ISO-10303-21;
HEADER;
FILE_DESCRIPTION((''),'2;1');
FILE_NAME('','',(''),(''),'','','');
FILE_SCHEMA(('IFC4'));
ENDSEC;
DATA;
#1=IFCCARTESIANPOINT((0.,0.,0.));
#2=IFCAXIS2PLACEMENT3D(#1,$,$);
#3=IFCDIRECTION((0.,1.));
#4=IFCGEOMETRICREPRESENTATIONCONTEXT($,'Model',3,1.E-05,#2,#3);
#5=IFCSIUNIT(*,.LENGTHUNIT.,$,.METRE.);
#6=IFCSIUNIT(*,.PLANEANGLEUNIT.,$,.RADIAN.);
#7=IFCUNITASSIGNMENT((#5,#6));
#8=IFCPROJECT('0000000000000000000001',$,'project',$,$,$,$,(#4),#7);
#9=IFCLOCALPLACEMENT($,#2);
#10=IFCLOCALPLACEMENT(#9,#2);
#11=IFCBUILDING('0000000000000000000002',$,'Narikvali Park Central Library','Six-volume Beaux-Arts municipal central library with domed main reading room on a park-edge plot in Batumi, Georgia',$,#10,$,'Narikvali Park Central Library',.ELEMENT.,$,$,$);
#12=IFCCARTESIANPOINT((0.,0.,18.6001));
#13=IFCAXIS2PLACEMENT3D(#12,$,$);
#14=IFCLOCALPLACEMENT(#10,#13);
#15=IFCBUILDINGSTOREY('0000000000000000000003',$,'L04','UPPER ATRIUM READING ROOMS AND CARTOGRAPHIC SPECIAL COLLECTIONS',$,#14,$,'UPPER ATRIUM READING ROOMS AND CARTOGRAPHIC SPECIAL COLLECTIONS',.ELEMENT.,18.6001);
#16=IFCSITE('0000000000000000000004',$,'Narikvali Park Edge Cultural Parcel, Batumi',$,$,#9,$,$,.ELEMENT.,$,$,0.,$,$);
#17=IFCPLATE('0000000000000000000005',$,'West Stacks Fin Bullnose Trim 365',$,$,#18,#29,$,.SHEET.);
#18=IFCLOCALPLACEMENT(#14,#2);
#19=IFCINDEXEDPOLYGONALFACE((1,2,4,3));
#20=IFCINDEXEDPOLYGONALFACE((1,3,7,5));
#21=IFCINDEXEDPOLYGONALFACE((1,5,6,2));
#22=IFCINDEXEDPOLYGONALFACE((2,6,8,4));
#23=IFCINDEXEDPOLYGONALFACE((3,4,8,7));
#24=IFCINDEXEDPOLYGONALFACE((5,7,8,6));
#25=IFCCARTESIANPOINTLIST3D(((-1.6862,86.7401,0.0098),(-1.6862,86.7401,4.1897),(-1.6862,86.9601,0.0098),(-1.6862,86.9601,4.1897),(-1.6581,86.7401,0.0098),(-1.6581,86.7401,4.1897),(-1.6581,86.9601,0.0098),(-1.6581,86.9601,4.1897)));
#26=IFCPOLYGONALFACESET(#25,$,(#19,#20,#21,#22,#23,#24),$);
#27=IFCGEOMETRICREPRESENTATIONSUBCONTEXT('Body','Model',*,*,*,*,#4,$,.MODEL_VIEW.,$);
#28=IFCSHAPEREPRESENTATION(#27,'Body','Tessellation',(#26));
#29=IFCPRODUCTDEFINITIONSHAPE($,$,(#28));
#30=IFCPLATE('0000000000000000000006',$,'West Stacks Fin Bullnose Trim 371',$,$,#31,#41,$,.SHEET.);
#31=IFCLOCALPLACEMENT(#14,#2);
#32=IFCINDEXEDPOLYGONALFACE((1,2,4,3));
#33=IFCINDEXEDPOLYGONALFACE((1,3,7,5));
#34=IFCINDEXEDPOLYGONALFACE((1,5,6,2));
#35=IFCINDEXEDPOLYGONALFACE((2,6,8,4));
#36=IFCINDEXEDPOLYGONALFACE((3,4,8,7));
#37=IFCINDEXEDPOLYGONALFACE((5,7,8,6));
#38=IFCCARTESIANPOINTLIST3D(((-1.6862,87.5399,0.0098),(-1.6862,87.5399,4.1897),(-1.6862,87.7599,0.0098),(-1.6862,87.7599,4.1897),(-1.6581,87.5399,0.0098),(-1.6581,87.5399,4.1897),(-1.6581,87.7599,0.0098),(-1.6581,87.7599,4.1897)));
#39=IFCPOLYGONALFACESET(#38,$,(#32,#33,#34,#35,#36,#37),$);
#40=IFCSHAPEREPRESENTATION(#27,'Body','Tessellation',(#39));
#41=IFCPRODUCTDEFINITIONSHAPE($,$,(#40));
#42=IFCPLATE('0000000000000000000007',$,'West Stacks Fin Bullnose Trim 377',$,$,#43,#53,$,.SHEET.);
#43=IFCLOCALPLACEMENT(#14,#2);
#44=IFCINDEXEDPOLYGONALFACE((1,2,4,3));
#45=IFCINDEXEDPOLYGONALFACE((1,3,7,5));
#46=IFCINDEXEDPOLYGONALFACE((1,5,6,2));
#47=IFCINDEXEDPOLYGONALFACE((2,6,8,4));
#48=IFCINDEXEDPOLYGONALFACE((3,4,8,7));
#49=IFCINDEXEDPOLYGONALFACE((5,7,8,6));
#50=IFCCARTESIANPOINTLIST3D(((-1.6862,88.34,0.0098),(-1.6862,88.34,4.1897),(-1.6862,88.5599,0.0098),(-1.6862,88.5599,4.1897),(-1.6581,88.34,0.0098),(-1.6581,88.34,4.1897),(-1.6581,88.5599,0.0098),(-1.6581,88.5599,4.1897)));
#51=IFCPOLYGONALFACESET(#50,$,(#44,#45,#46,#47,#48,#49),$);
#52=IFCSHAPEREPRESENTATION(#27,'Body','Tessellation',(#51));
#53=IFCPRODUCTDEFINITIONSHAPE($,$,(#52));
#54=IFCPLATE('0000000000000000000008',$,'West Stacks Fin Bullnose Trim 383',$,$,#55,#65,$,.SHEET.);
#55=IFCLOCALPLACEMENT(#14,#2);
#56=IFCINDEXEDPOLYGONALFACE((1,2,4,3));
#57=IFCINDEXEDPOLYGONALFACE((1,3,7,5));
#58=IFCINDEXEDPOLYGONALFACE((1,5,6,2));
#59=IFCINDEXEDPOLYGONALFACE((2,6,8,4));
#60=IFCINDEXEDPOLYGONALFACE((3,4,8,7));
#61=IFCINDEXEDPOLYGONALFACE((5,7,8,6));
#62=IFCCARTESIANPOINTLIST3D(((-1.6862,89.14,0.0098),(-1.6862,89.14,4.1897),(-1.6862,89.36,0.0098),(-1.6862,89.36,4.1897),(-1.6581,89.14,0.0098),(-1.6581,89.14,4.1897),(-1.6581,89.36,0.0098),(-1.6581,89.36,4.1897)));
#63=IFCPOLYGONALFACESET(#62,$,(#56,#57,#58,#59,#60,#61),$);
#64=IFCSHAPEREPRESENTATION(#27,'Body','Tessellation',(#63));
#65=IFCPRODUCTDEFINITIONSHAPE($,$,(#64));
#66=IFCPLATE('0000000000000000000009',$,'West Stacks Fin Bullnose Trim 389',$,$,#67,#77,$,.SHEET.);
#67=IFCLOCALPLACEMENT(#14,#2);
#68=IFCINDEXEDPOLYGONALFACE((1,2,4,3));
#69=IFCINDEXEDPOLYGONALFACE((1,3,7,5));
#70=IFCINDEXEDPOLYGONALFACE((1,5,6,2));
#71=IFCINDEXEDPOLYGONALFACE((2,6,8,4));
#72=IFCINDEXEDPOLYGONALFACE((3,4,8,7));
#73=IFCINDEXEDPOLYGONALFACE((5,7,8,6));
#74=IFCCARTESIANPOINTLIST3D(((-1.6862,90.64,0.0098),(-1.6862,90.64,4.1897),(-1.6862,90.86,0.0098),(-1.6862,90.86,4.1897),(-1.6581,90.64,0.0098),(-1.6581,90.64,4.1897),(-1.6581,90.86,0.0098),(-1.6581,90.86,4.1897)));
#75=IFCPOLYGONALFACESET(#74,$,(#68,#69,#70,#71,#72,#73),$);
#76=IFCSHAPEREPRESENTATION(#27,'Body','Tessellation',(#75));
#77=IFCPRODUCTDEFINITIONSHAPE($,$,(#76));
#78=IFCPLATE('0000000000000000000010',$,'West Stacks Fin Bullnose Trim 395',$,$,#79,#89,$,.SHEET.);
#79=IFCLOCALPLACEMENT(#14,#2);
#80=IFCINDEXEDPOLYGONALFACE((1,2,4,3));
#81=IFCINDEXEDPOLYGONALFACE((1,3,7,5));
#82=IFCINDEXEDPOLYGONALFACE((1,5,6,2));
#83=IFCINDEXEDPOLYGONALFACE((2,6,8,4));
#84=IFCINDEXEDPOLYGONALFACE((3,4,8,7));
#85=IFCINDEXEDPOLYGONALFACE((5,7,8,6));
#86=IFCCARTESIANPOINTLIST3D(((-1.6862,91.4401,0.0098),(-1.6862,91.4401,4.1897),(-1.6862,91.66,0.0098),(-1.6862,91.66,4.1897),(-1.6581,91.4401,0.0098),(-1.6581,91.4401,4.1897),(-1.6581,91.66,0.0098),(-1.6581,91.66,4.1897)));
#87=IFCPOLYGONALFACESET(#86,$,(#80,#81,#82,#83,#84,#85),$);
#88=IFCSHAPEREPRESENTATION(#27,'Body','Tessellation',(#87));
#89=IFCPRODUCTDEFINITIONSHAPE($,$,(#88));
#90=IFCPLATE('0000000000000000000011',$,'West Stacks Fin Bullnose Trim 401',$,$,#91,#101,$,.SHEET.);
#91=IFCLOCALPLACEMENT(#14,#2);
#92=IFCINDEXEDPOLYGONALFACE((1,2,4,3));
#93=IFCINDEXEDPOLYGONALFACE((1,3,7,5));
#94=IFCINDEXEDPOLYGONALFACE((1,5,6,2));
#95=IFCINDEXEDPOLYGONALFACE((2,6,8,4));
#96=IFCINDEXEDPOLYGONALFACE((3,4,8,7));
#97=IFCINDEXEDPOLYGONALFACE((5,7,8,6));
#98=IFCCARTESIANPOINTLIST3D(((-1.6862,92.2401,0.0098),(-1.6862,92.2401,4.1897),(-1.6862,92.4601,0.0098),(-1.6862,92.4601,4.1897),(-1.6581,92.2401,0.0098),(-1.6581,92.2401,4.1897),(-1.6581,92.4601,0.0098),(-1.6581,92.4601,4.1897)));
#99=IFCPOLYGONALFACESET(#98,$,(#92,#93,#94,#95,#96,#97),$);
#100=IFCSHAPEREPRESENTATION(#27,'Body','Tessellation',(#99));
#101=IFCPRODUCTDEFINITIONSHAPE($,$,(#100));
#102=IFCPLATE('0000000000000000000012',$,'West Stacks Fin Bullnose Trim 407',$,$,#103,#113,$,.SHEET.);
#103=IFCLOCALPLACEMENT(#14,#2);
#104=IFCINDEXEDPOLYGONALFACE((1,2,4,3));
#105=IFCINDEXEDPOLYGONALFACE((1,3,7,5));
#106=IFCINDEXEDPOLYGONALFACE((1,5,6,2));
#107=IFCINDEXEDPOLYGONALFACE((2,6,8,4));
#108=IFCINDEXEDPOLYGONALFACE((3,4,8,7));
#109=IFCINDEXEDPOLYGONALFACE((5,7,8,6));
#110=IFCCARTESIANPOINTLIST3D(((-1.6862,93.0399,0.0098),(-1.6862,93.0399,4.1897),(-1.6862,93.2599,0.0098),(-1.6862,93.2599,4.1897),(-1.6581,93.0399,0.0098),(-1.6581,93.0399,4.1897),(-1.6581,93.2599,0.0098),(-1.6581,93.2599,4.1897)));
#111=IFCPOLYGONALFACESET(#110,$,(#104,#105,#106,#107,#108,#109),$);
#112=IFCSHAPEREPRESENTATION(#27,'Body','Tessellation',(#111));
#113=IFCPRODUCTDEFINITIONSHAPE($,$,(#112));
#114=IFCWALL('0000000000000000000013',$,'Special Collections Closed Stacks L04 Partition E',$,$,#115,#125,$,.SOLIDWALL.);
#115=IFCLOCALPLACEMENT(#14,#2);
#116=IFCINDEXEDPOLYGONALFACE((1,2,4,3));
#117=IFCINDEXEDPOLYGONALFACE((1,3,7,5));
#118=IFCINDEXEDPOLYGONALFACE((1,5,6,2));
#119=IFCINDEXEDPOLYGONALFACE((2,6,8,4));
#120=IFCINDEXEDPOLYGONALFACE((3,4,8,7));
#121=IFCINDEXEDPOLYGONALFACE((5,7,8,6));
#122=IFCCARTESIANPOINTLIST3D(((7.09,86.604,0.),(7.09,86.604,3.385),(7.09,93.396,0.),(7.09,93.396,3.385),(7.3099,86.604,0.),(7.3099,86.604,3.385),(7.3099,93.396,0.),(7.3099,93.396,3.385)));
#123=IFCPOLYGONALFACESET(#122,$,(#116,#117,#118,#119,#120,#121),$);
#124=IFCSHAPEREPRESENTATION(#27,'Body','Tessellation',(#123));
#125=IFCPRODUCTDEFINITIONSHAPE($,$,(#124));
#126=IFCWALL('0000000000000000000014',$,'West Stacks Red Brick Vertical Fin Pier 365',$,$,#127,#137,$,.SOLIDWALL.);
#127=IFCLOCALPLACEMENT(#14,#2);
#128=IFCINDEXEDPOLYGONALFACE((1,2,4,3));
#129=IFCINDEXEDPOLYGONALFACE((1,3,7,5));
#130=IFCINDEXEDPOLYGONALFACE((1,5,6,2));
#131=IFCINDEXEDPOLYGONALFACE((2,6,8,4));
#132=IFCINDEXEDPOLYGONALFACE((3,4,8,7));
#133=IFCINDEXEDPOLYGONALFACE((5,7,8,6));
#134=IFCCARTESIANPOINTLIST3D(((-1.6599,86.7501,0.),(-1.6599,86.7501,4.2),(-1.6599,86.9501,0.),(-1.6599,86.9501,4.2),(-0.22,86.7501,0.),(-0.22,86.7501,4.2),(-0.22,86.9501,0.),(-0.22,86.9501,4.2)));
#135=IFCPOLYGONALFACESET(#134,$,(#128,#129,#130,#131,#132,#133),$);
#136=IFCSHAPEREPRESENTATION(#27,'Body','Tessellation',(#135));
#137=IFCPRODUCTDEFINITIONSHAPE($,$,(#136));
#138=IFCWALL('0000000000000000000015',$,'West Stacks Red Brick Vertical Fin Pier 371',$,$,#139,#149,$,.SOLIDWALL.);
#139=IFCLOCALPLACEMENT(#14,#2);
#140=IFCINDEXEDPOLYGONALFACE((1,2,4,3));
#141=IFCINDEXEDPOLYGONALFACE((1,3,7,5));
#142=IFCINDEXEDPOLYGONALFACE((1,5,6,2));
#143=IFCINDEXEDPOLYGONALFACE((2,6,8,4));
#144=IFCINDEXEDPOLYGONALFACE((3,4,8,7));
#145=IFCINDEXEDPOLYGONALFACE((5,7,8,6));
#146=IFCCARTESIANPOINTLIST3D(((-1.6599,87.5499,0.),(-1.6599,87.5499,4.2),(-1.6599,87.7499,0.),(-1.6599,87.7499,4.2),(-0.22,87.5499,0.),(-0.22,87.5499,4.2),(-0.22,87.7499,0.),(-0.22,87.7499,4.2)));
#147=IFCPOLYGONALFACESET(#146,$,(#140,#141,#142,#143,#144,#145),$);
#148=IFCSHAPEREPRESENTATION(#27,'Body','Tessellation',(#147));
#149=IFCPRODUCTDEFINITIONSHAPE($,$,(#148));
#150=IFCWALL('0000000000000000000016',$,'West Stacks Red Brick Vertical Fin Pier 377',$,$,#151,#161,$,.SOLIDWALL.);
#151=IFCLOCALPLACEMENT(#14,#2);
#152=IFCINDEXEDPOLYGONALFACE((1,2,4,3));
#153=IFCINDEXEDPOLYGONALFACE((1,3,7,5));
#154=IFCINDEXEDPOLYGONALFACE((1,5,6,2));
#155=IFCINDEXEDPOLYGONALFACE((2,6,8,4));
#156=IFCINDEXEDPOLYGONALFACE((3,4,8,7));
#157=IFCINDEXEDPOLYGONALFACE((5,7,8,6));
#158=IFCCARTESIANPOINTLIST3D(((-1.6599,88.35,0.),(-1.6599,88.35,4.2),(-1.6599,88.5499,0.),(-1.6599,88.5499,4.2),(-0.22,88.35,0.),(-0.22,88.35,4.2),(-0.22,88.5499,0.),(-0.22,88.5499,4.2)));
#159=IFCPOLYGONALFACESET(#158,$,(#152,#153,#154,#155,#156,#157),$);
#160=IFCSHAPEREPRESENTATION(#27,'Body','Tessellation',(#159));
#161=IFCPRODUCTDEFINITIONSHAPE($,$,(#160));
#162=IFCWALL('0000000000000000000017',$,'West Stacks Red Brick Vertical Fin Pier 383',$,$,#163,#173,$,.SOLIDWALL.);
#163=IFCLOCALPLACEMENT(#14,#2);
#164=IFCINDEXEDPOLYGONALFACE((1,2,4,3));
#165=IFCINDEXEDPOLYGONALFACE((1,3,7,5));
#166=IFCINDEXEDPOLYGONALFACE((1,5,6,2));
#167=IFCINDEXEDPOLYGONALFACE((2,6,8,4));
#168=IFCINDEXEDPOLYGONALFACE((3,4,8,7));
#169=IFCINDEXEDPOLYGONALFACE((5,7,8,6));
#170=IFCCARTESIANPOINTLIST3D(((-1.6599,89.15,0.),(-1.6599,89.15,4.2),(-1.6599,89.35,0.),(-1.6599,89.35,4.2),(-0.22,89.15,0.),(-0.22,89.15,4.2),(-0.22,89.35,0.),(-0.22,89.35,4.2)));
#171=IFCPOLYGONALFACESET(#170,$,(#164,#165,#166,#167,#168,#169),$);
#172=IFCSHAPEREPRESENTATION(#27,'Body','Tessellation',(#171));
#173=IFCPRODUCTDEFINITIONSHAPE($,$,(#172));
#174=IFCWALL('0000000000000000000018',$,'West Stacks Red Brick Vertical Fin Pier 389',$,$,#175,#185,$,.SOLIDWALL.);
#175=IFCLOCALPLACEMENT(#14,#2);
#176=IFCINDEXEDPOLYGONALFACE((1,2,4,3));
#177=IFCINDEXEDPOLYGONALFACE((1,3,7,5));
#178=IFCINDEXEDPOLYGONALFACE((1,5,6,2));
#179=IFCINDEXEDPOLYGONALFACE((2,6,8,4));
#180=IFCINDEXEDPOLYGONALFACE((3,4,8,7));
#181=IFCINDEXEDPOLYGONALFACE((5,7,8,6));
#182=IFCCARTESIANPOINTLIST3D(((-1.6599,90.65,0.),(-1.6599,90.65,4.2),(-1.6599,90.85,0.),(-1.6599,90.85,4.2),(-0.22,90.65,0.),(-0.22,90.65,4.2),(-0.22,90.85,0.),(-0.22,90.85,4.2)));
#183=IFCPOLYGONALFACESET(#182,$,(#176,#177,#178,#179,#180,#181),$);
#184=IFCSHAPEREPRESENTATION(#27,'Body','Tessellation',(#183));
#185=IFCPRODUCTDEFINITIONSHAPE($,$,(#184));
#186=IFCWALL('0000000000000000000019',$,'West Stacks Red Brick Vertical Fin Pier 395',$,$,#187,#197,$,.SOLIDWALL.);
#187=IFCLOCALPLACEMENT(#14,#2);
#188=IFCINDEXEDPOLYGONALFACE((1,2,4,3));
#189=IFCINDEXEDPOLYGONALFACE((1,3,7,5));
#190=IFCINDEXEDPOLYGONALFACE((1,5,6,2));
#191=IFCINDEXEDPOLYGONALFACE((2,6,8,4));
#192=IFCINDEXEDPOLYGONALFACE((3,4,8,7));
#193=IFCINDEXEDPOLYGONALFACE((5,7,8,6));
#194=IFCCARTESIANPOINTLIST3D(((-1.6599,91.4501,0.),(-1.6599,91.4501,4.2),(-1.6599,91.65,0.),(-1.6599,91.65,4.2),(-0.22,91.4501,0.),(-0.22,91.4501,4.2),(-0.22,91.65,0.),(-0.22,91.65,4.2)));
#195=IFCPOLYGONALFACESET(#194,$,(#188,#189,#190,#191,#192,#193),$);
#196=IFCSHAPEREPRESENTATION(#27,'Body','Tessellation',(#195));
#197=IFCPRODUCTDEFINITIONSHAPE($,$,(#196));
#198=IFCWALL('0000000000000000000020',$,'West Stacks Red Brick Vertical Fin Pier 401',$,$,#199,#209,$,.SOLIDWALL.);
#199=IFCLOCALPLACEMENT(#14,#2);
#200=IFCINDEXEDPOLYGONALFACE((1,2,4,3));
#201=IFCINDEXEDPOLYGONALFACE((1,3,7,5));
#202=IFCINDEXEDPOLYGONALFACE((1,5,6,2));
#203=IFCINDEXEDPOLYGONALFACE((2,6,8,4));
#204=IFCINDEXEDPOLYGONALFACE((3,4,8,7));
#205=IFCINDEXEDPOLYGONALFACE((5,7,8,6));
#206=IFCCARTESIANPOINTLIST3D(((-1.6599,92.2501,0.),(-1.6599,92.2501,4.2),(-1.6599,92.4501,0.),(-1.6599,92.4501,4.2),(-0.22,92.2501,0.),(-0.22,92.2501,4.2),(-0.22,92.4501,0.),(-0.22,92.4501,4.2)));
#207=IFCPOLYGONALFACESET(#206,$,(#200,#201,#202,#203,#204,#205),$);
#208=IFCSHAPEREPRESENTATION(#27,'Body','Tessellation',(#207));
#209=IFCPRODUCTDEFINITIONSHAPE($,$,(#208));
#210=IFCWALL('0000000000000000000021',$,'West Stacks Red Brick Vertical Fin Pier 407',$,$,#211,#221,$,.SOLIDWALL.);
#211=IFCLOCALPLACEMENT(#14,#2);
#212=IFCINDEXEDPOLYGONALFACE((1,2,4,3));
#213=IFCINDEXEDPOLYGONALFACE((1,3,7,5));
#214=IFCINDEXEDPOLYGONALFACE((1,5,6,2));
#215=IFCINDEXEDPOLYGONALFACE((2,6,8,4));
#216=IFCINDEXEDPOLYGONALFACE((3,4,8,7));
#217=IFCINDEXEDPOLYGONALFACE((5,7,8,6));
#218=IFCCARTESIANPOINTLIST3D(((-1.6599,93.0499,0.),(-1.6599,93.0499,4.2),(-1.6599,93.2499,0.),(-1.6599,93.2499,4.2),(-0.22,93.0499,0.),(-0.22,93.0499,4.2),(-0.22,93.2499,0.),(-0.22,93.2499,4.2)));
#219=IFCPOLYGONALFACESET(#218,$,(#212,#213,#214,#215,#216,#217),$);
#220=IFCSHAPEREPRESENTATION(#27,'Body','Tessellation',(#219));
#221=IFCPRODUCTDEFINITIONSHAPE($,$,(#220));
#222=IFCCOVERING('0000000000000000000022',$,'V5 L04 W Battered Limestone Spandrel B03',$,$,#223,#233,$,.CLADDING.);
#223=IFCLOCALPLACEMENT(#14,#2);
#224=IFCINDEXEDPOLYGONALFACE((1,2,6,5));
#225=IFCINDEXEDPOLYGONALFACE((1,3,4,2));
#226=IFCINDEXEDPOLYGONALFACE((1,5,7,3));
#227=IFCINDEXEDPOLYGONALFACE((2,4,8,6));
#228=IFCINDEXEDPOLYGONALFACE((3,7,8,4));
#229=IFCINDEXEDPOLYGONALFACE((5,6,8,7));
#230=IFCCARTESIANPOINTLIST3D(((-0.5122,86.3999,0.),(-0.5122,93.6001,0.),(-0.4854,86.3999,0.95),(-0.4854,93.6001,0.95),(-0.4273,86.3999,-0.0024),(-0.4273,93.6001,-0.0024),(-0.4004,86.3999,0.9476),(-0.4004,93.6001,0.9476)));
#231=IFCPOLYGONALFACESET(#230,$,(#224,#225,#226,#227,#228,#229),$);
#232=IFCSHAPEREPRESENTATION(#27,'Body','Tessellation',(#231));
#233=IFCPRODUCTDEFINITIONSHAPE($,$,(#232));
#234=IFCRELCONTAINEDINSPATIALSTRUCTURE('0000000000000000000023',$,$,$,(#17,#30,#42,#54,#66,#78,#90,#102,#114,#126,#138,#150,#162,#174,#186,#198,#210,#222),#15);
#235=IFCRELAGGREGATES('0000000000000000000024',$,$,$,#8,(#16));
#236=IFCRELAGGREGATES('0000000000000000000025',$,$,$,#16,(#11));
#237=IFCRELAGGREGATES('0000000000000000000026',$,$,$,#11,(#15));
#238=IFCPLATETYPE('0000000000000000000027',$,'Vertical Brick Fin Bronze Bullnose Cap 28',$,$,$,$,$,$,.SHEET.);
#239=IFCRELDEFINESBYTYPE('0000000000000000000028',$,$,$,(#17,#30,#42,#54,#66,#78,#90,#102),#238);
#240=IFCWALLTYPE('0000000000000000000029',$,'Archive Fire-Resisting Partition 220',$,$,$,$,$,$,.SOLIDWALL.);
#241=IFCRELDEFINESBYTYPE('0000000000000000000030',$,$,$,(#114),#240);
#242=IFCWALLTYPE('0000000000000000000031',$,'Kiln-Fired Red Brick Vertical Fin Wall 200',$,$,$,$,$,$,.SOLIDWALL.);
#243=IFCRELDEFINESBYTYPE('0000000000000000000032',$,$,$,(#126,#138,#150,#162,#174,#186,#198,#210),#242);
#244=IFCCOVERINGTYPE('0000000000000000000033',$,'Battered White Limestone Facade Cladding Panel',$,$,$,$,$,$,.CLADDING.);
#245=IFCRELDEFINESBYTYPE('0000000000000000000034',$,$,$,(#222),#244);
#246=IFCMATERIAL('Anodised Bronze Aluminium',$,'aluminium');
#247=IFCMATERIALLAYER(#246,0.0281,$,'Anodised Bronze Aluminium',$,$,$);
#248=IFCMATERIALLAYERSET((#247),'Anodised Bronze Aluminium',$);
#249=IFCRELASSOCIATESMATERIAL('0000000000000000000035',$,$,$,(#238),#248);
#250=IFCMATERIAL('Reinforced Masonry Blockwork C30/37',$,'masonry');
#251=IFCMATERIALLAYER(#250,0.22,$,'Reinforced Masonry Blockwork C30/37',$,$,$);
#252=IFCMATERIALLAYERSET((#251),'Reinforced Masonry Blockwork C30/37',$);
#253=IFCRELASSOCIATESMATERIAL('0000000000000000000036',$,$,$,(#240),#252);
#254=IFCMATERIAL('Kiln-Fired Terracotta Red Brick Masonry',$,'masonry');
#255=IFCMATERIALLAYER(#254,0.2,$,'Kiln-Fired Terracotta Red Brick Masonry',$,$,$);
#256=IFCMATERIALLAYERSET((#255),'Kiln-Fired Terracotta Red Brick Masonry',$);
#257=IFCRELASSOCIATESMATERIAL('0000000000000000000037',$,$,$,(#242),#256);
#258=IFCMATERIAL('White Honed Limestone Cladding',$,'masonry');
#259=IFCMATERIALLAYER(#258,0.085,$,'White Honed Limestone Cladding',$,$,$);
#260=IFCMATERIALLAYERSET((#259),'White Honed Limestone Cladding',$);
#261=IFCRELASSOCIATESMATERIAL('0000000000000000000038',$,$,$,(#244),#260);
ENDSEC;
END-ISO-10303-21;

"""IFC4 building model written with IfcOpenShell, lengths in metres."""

from ifc_helpers import new_model, si_unit, direction, frame, frame_2d, origin, origin_2d, place, context, subcontext, project, spatial, polyline, rectangle, outline, extrude, material, layer, layer_set, type_object, element, save


model = new_model("IFC4")

# Units and contexts
model_context = context("Model", 3, precision=1e-05, world=origin(), true_north=direction((0.0, 1.0)))
body_context = subcontext(model_context, "Body", "Model", "MODEL_VIEW")
ifc_project = project(units=[si_unit("LENGTHUNIT", "METRE"), si_unit("PLANEANGLEUNIT", "RADIAN")], contexts=[model_context])

# Site, building, storey
site_placement = place(None, origin())
site = spatial("IfcSite", under=ifc_project, at=site_placement, Name="Narikvali Park Edge Cultural Parcel, Batumi", CompositionType="ELEMENT", RefElevation=0.0)
building_placement = place(site_placement, origin())
building = spatial("IfcBuilding", under=site, at=building_placement, Name="Narikvali Park Central Library", Description="Six-volume Beaux-Arts municipal central library with domed main reading room on a park-edge plot in Batumi, Georgia", LongName="Narikvali Park Central Library", CompositionType="ELEMENT")
storey_placement = place(building_placement, frame((0.0, 0.0, 18.6001)))
storey = spatial("IfcBuildingStorey", under=building, at=storey_placement, Name="L04", Description="UPPER ATRIUM READING ROOMS AND CARTOGRAPHIC SPECIAL COLLECTIONS", LongName="UPPER ATRIUM READING ROOMS AND CARTOGRAPHIC SPECIAL COLLECTIONS", CompositionType="ELEMENT", Elevation=18.6001)

# Plates
ifc_material_1 = material(Name="Anodised Bronze Aluminium", Category="aluminium")
ifc_layer_1 = layer(ifc_material_1, 0.0281, Name="Anodised Bronze Aluminium")
ifc_layer_set_1 = layer_set([ifc_layer_1], Name="Anodised Bronze Aluminium")
plate_type = type_object("IfcPlateType", Name="Vertical Brick Fin Bronze Bullnose Cap 28", PredefinedType="SHEET", material=ifc_layer_set_1)
for number, where, z_axis, x_axis, name in (
    (1, (-1.6721, 86.8501, 0.0098), (0.0, 0.0, 1.0), (1.0, 0.0, 0.0), "West Stacks Fin Bullnose Trim 365"),
    (2, (-1.6721, 87.6499, 0.0098), (0.0, 0.0, 1.0), (1.0, 0.0, 0.0), "West Stacks Fin Bullnose Trim 371"),
    (3, (-1.6721, 88.45, 0.0098), (0.0, 0.0, 1.0), (1.0, 0.0, 0.0), "West Stacks Fin Bullnose Trim 377"),
    (4, (-1.6721, 89.25, 0.0098), (0.0, 0.0, 1.0), (1.0, 0.0, 0.0), "West Stacks Fin Bullnose Trim 383"),
    (5, (-1.6721, 90.75, 0.0098), (0.0, 0.0, 1.0), (1.0, 0.0, 0.0), "West Stacks Fin Bullnose Trim 389"),
    (6, (-1.6721, 91.55, 0.0098), (0.0, 0.0, 1.0), (1.0, 0.0, 0.0), "West Stacks Fin Bullnose Trim 395"),
    (7, (-1.6721, 92.3501, 0.0098), (0.0, 0.0, 1.0), (1.0, 0.0, 0.0), "West Stacks Fin Bullnose Trim 401"),
    (8, (-1.6721, 93.1499, 0.0098), (0.0, 0.0, 1.0), (1.0, 0.0, 0.0), "West Stacks Fin Bullnose Trim 407"),
):
    element("IfcPlate", number, at=place(storey_placement, frame(where, z_axis=z_axis, x_axis=x_axis)), inside=storey, type_object=plate_type, Name=name, PredefinedType="SHEET", context=body_context, shape_type="SweptSolid", body=[
        extrude(rectangle(XDim=0.0281, YDim=0.22, at=origin_2d()), origin(), (0.0, 0.0, 1.0), 4.1799),
    ])

# Walls
ifc_material_2 = material(Name="Reinforced Masonry Blockwork C30/37", Category="masonry")
ifc_layer_2 = layer(ifc_material_2, 0.22, Name="Reinforced Masonry Blockwork C30/37")
ifc_layer_set_2 = layer_set([ifc_layer_2], Name="Reinforced Masonry Blockwork C30/37")
wall_type_1 = type_object("IfcWallType", Name="Archive Fire-Resisting Partition 220", PredefinedType="SOLIDWALL", material=ifc_layer_set_2)
wall_placement = place(storey_placement, frame((7.2, 86.604, 0.0), z_axis=(0.0, 0.0, 1.0), x_axis=(0.0, 1.0, 0.0)))
element("IfcWall", 9, at=wall_placement, inside=storey, type_object=wall_type_1, Name="Special Collections Closed Stacks L04 Partition E", PredefinedType="SOLIDWALL", context=body_context, shape_type="SweptSolid", body=[
    extrude(rectangle(XDim=6.792, YDim=0.22, at=frame_2d((3.396, 0.0))), origin(), (0.0, 0.0, 1.0), 3.385),
])
ifc_material_3 = material(Name="Kiln-Fired Terracotta Red Brick Masonry", Category="masonry")
ifc_layer_3 = layer(ifc_material_3, 0.2, Name="Kiln-Fired Terracotta Red Brick Masonry")
ifc_layer_set_3 = layer_set([ifc_layer_3], Name="Kiln-Fired Terracotta Red Brick Masonry")
wall_type_2 = type_object("IfcWallType", Name="Kiln-Fired Red Brick Vertical Fin Wall 200", PredefinedType="SOLIDWALL", material=ifc_layer_set_3)
for number, where, z_axis, x_axis, name in (
    (10, (-1.6599, 86.8501, 0.0), (0.0, 0.0, 1.0), (1.0, 0.0, 0.0), "West Stacks Red Brick Vertical Fin Pier 365"),
    (11, (-1.6599, 87.6499, 0.0), (0.0, 0.0, 1.0), (1.0, 0.0, 0.0), "West Stacks Red Brick Vertical Fin Pier 371"),
    (12, (-1.6599, 88.45, 0.0), (0.0, 0.0, 1.0), (1.0, 0.0, 0.0), "West Stacks Red Brick Vertical Fin Pier 377"),
    (13, (-1.6599, 89.25, 0.0), (0.0, 0.0, 1.0), (1.0, 0.0, 0.0), "West Stacks Red Brick Vertical Fin Pier 383"),
    (14, (-1.6599, 90.75, 0.0), (0.0, 0.0, 1.0), (1.0, 0.0, 0.0), "West Stacks Red Brick Vertical Fin Pier 389"),
    (15, (-1.6599, 91.55, 0.0), (0.0, 0.0, 1.0), (1.0, 0.0, 0.0), "West Stacks Red Brick Vertical Fin Pier 395"),
    (16, (-1.6599, 92.3501, 0.0), (0.0, 0.0, 1.0), (1.0, 0.0, 0.0), "West Stacks Red Brick Vertical Fin Pier 401"),
    (17, (-1.6599, 93.1499, 0.0), (0.0, 0.0, 1.0), (1.0, 0.0, 0.0), "West Stacks Red Brick Vertical Fin Pier 407"),
):
    element("IfcWall", number, at=place(storey_placement, frame(where, z_axis=z_axis, x_axis=x_axis)), inside=storey, type_object=wall_type_2, Name=name, PredefinedType="SOLIDWALL", context=body_context, shape_type="SweptSolid", body=[
        extrude(rectangle(XDim=1.4399, YDim=0.2, at=frame_2d((0.72, 0.0))), origin(), (0.0, 0.0, 1.0), 4.2),
    ])

# Covering
ifc_material_4 = material(Name="White Honed Limestone Cladding", Category="masonry")
ifc_layer_4 = layer(ifc_material_4, 0.085, Name="White Honed Limestone Cladding")
ifc_layer_set_4 = layer_set([ifc_layer_4], Name="White Honed Limestone Cladding")
covering_type = type_object("IfcCoveringType", Name="Battered White Limestone Facade Cladding Panel", PredefinedType="CLADDING", material=ifc_layer_set_4)
covering_placement = place(storey_placement, frame((-0.5122, 93.6001, 0.0), z_axis=(-0.999601, 0.0, 0.028259), x_axis=(0.0, -1.0, 0.0)))
element("IfcCovering", 18, at=covering_placement, inside=storey, type_object=covering_type, Name="V5 L04 W Battered Limestone Spandrel B03", PredefinedType="CLADDING", context=body_context, shape_type="SweptSolid", body=[
    extrude(outline(polyline([(0.0, 0.0), (7.2002, 0.0), (7.2002, 0.9503), (0.0, 0.9503), (0.0, 0.0)])), origin(), (0.0, 0.0, -1.0), 0.085),
])

save(model, "model.ifc")
